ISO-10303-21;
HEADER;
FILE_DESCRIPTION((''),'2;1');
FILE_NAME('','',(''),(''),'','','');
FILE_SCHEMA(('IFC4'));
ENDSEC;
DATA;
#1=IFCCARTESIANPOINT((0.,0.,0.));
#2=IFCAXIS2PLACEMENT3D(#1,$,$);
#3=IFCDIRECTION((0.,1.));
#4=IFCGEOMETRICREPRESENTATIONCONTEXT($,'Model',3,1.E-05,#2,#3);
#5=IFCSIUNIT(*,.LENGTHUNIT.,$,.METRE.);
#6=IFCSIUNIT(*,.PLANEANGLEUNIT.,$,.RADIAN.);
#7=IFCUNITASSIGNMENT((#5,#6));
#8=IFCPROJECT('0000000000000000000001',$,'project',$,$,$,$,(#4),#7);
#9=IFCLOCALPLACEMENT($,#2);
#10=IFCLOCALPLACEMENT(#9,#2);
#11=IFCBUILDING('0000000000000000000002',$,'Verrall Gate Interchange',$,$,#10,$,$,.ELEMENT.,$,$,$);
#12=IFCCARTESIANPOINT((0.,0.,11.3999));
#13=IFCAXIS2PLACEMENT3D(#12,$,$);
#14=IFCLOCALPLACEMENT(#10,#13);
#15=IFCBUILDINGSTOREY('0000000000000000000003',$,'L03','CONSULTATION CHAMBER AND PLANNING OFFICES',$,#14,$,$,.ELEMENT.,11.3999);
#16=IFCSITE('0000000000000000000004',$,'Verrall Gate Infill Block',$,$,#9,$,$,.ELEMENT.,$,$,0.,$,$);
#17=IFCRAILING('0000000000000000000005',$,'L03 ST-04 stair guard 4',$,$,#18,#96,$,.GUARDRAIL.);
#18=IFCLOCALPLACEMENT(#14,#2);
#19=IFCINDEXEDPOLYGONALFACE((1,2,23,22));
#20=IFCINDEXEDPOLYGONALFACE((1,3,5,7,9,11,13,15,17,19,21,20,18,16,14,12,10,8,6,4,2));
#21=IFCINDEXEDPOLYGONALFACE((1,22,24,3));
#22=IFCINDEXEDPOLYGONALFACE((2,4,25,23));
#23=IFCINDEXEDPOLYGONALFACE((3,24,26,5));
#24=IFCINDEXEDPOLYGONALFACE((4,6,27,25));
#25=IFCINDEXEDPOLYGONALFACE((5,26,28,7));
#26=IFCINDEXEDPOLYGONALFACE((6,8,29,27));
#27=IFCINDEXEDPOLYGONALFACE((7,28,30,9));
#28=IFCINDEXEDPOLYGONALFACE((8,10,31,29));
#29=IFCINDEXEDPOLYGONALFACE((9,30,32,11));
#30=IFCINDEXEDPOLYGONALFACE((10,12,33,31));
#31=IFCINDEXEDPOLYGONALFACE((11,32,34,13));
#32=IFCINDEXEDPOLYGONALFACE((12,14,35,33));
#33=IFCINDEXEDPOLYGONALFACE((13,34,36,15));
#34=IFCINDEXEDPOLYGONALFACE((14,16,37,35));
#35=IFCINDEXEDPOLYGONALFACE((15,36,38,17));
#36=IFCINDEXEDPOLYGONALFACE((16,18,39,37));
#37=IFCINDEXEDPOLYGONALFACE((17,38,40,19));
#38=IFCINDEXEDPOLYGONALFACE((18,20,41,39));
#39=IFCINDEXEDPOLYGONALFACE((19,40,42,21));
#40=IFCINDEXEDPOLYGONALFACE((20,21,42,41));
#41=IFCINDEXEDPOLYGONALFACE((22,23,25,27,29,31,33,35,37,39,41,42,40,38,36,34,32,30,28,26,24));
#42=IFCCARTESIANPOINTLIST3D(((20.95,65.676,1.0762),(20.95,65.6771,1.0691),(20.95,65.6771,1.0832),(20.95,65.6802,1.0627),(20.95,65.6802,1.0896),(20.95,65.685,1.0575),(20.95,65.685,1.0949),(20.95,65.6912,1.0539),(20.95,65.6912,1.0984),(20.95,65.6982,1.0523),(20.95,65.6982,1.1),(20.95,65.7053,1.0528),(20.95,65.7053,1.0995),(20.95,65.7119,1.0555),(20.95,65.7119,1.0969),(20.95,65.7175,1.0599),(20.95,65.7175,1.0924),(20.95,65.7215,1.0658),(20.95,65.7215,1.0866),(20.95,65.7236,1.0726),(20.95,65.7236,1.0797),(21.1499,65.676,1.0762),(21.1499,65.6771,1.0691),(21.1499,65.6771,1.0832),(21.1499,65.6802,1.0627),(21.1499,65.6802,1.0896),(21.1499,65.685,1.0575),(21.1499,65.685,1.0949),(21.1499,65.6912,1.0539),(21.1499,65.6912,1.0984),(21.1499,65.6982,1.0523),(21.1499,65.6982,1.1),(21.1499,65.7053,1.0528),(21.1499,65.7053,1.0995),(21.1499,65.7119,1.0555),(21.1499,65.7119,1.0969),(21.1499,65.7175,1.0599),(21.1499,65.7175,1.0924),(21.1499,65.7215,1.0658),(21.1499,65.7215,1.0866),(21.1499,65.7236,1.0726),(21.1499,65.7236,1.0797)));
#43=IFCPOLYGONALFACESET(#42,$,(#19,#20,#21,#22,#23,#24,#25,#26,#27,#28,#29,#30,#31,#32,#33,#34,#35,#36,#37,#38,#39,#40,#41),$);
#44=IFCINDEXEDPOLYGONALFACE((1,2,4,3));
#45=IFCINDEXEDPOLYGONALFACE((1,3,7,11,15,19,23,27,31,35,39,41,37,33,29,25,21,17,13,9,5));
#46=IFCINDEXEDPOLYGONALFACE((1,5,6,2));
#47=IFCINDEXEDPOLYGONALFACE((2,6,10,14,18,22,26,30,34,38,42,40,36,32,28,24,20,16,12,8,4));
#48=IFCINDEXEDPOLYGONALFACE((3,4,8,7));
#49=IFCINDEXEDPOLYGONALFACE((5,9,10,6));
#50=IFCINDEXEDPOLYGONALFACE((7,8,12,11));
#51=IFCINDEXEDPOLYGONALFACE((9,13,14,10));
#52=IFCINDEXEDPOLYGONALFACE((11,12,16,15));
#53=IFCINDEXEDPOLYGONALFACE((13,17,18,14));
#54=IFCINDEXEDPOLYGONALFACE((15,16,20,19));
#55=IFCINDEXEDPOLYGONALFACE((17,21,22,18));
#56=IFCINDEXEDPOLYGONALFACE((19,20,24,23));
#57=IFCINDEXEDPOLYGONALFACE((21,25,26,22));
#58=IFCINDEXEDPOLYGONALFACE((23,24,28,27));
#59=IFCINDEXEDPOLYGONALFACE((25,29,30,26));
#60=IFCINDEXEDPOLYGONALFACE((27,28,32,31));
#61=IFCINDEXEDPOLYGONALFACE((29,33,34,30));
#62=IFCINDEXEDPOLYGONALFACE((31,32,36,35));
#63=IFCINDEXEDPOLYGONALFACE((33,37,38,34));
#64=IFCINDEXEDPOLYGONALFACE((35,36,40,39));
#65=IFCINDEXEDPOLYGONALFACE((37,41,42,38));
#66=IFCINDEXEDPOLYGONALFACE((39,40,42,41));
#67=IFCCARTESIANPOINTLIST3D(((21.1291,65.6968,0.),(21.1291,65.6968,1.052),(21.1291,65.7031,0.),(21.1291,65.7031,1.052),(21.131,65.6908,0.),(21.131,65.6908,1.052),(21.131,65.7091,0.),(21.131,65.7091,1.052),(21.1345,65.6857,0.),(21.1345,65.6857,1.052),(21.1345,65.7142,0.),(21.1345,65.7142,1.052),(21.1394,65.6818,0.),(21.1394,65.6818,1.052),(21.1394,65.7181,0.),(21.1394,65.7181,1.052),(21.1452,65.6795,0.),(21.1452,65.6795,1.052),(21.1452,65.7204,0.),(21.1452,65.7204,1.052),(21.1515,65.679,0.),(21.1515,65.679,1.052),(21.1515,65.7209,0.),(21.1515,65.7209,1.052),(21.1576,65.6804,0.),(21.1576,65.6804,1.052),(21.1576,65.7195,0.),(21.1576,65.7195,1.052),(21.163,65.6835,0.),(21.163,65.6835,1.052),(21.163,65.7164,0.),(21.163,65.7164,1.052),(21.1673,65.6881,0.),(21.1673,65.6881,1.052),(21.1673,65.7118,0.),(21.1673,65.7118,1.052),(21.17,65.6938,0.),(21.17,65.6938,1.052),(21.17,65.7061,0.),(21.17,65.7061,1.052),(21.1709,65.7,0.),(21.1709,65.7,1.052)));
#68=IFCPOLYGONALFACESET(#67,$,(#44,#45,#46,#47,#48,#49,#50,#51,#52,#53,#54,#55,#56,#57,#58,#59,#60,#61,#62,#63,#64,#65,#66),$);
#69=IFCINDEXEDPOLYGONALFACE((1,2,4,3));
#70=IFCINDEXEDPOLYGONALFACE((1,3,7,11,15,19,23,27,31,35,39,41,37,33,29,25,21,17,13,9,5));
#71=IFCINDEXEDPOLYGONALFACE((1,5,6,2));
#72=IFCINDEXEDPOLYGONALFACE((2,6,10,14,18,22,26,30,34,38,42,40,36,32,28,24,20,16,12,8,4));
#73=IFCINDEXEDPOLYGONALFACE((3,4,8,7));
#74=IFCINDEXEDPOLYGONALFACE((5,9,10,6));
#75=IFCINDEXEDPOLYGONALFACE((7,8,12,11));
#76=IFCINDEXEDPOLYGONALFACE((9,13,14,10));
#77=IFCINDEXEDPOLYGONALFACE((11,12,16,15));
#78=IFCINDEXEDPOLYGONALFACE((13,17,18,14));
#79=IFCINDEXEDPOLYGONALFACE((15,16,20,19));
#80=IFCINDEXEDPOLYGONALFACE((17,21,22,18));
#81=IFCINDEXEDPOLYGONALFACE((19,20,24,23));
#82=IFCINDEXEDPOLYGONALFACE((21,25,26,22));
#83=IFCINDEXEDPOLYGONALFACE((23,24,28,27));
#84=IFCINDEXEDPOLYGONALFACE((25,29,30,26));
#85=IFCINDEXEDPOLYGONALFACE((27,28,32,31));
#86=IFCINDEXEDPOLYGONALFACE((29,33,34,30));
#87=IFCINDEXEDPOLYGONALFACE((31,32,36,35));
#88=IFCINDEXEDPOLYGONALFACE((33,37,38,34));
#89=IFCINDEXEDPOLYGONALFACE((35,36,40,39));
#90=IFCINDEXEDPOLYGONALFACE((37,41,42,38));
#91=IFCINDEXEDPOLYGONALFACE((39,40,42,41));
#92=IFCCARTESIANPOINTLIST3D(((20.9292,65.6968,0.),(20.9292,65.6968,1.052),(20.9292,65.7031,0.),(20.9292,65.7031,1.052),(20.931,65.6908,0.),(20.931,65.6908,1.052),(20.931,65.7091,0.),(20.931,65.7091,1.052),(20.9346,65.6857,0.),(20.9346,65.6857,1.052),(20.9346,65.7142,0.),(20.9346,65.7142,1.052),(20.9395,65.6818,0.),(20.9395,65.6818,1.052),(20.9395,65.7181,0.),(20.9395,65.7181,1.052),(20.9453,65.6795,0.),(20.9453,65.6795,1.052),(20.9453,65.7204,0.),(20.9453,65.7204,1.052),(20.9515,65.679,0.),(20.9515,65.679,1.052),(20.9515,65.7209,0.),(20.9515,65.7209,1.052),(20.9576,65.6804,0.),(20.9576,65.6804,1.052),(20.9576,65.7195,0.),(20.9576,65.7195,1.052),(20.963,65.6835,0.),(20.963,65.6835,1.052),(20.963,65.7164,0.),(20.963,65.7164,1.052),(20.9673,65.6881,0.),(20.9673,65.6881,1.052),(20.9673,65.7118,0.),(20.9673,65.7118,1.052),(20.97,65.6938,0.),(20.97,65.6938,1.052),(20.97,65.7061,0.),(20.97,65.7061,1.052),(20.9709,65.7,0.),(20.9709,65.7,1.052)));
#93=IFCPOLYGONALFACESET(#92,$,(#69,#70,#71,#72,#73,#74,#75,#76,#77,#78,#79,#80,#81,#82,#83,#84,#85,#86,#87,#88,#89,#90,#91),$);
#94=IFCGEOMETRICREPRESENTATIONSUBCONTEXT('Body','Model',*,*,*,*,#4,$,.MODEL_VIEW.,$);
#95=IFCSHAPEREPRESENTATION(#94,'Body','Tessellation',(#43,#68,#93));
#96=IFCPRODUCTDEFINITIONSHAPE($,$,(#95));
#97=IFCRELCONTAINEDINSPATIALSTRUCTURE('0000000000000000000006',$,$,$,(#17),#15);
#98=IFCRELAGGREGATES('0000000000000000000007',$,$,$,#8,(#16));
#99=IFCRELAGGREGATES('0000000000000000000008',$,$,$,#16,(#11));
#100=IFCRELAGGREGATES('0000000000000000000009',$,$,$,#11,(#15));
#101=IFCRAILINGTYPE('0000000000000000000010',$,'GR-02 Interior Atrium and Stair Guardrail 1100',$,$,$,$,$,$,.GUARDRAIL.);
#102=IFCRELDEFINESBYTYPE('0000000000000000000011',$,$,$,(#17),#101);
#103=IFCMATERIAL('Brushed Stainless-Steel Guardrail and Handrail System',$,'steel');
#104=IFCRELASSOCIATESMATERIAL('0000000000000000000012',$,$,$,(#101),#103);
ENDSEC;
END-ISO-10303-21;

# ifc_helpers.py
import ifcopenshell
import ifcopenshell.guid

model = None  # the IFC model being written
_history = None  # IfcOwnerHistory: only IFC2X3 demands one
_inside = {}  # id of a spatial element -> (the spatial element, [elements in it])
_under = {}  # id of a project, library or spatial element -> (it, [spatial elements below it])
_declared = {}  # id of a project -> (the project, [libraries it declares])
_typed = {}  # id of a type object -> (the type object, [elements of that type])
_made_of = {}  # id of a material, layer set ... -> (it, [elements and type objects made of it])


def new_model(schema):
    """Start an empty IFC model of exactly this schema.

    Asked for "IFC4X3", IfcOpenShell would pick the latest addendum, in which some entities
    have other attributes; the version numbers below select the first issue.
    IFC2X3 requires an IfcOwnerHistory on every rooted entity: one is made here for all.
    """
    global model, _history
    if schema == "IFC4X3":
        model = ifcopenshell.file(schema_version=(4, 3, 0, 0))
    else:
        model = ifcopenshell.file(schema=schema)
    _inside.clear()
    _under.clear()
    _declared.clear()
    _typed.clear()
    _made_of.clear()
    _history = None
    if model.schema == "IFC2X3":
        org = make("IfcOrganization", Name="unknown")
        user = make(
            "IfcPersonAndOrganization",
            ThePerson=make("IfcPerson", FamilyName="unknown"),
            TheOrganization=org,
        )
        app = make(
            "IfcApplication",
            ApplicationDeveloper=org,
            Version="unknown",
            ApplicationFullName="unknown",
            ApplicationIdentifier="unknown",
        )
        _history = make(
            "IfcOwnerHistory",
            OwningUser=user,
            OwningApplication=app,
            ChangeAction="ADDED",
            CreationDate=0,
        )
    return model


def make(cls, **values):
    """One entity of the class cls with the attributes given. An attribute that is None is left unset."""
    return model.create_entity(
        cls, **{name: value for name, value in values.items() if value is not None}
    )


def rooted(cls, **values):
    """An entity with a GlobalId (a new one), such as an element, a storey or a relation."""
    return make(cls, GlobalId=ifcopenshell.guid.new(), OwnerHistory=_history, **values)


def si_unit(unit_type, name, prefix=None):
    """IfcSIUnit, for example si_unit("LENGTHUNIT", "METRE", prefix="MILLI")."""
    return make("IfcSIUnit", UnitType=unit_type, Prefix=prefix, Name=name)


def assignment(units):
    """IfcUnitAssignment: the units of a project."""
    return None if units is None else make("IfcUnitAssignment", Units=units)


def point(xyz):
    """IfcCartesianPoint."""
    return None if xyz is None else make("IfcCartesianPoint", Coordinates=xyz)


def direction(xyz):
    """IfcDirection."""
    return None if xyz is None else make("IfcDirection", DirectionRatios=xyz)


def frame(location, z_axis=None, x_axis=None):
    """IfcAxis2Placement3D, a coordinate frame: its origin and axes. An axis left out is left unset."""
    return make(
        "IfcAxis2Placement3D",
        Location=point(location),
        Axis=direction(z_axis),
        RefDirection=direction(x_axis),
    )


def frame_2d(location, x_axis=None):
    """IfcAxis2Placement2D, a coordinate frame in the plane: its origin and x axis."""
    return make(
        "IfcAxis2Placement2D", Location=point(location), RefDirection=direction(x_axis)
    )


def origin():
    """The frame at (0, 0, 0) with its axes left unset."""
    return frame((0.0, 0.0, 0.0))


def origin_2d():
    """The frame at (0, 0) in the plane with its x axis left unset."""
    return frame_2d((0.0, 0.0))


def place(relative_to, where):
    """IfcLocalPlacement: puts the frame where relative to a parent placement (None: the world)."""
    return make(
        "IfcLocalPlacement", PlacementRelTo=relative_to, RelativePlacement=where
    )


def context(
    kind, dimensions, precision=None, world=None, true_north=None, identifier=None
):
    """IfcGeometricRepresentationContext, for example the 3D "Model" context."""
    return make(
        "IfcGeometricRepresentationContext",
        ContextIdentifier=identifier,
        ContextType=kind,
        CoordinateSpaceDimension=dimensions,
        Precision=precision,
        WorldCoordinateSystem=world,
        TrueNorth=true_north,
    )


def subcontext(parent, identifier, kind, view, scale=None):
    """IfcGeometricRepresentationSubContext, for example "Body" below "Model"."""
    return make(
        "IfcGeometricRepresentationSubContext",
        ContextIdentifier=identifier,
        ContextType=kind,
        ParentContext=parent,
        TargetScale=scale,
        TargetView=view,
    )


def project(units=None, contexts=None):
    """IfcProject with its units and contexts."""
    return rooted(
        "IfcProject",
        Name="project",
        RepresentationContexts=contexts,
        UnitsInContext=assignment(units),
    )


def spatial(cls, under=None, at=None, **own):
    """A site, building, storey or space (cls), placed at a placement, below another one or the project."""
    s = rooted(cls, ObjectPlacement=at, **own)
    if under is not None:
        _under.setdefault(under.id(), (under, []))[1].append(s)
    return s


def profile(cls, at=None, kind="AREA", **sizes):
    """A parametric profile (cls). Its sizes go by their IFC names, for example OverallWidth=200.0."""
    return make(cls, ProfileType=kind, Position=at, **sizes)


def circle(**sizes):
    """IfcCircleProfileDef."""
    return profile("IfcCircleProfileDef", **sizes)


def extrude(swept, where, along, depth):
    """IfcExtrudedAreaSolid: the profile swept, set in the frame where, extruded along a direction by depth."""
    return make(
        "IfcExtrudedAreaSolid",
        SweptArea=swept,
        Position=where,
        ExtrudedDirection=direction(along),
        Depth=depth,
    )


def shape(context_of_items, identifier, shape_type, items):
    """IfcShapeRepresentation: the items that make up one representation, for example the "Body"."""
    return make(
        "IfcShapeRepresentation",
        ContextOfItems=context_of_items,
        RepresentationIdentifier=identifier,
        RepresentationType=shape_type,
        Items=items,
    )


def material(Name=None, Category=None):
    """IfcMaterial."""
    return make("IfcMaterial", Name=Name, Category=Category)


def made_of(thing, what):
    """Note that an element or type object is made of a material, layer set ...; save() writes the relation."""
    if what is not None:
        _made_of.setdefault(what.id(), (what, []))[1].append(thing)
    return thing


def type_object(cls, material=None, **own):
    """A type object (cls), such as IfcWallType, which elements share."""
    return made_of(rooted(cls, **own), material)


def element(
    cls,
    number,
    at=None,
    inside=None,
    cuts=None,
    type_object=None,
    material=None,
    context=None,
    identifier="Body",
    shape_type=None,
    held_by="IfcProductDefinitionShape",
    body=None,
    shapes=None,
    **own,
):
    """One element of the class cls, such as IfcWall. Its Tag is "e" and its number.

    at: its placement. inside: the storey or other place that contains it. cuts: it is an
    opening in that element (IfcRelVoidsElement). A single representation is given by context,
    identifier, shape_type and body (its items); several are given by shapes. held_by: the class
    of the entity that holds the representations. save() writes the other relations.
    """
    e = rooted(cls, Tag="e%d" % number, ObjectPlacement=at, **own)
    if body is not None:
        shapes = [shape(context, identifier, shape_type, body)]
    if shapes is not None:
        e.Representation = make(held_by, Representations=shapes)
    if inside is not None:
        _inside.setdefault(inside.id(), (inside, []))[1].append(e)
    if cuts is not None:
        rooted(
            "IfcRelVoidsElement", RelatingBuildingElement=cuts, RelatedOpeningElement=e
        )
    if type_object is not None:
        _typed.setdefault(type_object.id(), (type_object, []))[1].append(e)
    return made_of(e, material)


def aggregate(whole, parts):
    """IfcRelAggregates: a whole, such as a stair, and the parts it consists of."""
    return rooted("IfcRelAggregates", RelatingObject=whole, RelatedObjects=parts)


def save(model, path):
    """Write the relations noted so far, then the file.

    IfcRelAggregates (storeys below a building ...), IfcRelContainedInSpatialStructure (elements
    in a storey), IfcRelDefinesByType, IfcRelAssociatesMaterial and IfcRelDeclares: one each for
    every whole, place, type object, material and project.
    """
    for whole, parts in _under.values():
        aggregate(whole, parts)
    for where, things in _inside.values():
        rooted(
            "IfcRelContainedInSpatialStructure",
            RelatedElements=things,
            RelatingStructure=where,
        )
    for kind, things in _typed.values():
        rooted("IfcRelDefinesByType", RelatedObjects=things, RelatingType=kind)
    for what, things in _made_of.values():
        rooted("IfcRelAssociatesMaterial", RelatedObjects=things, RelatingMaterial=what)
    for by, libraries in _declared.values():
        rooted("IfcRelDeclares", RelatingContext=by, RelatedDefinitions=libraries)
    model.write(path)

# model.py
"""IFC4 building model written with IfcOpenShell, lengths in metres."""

from ifc_helpers import new_model, si_unit, direction, frame, origin, origin_2d, place, context, subcontext, project, spatial, circle, extrude, material, type_object, element, save


model = new_model("IFC4")

# Units and contexts
model_context = context("Model", 3, precision=1e-05, world=origin(), true_north=direction((0.0, 1.0)))
body_context = subcontext(model_context, "Body", "Model", "MODEL_VIEW")
ifc_project = project(units=[si_unit("LENGTHUNIT", "METRE"), si_unit("PLANEANGLEUNIT", "RADIAN")], contexts=[model_context])

# Site, building, storey
site_placement = place(None, origin())
site = spatial("IfcSite", under=ifc_project, at=site_placement, Name="Verrall Gate Infill Block", CompositionType="ELEMENT", RefElevation=0.0)
building_placement = place(site_placement, origin())
building = spatial("IfcBuilding", under=site, at=building_placement, Name="Verrall Gate Interchange", CompositionType="ELEMENT")
storey_placement = place(building_placement, frame((0.0, 0.0, 11.3999)))
storey = spatial("IfcBuildingStorey", under=building, at=storey_placement, Name="L03", Description="CONSULTATION CHAMBER AND PLANNING OFFICES", CompositionType="ELEMENT", Elevation=11.3999)

# Railing
ifc_material_1 = material(Name="Brushed Stainless-Steel Guardrail and Handrail System", Category="steel")
railing_type = type_object("IfcRailingType", Name="GR-02 Interior Atrium and Stair Guardrail 1100", PredefinedType="GUARDRAIL", material=ifc_material_1)
railing_1_placement = place(storey_placement, frame((21.1499, 65.7, 0.0)))
element("IfcRailing", 1, at=railing_1_placement, inside=storey, type_object=railing_type, Name="L03 ST-04 stair guard 4", PredefinedType="GUARDRAIL", context=body_context, shape_type="SweptSolid", body=[
    extrude(circle(Radius=0.0239, at=origin_2d()), frame((0.0, 0.0, 1.0762), z_axis=(-1.0, 0.0, 0.0), x_axis=(0.0, -1.0, 0.0)), (0.0, 0.0, 1.0), 0.2),
    extrude(circle(Radius=0.021, at=origin_2d()), origin(), (0.0, 0.0, 1.0), 1.052),
    extrude(circle(Radius=0.021, at=origin_2d()), frame((-0.2, 0.0, 0.0)), (0.0, 0.0, 1.0), 1.052),
])

save(model, "model.ifc")
